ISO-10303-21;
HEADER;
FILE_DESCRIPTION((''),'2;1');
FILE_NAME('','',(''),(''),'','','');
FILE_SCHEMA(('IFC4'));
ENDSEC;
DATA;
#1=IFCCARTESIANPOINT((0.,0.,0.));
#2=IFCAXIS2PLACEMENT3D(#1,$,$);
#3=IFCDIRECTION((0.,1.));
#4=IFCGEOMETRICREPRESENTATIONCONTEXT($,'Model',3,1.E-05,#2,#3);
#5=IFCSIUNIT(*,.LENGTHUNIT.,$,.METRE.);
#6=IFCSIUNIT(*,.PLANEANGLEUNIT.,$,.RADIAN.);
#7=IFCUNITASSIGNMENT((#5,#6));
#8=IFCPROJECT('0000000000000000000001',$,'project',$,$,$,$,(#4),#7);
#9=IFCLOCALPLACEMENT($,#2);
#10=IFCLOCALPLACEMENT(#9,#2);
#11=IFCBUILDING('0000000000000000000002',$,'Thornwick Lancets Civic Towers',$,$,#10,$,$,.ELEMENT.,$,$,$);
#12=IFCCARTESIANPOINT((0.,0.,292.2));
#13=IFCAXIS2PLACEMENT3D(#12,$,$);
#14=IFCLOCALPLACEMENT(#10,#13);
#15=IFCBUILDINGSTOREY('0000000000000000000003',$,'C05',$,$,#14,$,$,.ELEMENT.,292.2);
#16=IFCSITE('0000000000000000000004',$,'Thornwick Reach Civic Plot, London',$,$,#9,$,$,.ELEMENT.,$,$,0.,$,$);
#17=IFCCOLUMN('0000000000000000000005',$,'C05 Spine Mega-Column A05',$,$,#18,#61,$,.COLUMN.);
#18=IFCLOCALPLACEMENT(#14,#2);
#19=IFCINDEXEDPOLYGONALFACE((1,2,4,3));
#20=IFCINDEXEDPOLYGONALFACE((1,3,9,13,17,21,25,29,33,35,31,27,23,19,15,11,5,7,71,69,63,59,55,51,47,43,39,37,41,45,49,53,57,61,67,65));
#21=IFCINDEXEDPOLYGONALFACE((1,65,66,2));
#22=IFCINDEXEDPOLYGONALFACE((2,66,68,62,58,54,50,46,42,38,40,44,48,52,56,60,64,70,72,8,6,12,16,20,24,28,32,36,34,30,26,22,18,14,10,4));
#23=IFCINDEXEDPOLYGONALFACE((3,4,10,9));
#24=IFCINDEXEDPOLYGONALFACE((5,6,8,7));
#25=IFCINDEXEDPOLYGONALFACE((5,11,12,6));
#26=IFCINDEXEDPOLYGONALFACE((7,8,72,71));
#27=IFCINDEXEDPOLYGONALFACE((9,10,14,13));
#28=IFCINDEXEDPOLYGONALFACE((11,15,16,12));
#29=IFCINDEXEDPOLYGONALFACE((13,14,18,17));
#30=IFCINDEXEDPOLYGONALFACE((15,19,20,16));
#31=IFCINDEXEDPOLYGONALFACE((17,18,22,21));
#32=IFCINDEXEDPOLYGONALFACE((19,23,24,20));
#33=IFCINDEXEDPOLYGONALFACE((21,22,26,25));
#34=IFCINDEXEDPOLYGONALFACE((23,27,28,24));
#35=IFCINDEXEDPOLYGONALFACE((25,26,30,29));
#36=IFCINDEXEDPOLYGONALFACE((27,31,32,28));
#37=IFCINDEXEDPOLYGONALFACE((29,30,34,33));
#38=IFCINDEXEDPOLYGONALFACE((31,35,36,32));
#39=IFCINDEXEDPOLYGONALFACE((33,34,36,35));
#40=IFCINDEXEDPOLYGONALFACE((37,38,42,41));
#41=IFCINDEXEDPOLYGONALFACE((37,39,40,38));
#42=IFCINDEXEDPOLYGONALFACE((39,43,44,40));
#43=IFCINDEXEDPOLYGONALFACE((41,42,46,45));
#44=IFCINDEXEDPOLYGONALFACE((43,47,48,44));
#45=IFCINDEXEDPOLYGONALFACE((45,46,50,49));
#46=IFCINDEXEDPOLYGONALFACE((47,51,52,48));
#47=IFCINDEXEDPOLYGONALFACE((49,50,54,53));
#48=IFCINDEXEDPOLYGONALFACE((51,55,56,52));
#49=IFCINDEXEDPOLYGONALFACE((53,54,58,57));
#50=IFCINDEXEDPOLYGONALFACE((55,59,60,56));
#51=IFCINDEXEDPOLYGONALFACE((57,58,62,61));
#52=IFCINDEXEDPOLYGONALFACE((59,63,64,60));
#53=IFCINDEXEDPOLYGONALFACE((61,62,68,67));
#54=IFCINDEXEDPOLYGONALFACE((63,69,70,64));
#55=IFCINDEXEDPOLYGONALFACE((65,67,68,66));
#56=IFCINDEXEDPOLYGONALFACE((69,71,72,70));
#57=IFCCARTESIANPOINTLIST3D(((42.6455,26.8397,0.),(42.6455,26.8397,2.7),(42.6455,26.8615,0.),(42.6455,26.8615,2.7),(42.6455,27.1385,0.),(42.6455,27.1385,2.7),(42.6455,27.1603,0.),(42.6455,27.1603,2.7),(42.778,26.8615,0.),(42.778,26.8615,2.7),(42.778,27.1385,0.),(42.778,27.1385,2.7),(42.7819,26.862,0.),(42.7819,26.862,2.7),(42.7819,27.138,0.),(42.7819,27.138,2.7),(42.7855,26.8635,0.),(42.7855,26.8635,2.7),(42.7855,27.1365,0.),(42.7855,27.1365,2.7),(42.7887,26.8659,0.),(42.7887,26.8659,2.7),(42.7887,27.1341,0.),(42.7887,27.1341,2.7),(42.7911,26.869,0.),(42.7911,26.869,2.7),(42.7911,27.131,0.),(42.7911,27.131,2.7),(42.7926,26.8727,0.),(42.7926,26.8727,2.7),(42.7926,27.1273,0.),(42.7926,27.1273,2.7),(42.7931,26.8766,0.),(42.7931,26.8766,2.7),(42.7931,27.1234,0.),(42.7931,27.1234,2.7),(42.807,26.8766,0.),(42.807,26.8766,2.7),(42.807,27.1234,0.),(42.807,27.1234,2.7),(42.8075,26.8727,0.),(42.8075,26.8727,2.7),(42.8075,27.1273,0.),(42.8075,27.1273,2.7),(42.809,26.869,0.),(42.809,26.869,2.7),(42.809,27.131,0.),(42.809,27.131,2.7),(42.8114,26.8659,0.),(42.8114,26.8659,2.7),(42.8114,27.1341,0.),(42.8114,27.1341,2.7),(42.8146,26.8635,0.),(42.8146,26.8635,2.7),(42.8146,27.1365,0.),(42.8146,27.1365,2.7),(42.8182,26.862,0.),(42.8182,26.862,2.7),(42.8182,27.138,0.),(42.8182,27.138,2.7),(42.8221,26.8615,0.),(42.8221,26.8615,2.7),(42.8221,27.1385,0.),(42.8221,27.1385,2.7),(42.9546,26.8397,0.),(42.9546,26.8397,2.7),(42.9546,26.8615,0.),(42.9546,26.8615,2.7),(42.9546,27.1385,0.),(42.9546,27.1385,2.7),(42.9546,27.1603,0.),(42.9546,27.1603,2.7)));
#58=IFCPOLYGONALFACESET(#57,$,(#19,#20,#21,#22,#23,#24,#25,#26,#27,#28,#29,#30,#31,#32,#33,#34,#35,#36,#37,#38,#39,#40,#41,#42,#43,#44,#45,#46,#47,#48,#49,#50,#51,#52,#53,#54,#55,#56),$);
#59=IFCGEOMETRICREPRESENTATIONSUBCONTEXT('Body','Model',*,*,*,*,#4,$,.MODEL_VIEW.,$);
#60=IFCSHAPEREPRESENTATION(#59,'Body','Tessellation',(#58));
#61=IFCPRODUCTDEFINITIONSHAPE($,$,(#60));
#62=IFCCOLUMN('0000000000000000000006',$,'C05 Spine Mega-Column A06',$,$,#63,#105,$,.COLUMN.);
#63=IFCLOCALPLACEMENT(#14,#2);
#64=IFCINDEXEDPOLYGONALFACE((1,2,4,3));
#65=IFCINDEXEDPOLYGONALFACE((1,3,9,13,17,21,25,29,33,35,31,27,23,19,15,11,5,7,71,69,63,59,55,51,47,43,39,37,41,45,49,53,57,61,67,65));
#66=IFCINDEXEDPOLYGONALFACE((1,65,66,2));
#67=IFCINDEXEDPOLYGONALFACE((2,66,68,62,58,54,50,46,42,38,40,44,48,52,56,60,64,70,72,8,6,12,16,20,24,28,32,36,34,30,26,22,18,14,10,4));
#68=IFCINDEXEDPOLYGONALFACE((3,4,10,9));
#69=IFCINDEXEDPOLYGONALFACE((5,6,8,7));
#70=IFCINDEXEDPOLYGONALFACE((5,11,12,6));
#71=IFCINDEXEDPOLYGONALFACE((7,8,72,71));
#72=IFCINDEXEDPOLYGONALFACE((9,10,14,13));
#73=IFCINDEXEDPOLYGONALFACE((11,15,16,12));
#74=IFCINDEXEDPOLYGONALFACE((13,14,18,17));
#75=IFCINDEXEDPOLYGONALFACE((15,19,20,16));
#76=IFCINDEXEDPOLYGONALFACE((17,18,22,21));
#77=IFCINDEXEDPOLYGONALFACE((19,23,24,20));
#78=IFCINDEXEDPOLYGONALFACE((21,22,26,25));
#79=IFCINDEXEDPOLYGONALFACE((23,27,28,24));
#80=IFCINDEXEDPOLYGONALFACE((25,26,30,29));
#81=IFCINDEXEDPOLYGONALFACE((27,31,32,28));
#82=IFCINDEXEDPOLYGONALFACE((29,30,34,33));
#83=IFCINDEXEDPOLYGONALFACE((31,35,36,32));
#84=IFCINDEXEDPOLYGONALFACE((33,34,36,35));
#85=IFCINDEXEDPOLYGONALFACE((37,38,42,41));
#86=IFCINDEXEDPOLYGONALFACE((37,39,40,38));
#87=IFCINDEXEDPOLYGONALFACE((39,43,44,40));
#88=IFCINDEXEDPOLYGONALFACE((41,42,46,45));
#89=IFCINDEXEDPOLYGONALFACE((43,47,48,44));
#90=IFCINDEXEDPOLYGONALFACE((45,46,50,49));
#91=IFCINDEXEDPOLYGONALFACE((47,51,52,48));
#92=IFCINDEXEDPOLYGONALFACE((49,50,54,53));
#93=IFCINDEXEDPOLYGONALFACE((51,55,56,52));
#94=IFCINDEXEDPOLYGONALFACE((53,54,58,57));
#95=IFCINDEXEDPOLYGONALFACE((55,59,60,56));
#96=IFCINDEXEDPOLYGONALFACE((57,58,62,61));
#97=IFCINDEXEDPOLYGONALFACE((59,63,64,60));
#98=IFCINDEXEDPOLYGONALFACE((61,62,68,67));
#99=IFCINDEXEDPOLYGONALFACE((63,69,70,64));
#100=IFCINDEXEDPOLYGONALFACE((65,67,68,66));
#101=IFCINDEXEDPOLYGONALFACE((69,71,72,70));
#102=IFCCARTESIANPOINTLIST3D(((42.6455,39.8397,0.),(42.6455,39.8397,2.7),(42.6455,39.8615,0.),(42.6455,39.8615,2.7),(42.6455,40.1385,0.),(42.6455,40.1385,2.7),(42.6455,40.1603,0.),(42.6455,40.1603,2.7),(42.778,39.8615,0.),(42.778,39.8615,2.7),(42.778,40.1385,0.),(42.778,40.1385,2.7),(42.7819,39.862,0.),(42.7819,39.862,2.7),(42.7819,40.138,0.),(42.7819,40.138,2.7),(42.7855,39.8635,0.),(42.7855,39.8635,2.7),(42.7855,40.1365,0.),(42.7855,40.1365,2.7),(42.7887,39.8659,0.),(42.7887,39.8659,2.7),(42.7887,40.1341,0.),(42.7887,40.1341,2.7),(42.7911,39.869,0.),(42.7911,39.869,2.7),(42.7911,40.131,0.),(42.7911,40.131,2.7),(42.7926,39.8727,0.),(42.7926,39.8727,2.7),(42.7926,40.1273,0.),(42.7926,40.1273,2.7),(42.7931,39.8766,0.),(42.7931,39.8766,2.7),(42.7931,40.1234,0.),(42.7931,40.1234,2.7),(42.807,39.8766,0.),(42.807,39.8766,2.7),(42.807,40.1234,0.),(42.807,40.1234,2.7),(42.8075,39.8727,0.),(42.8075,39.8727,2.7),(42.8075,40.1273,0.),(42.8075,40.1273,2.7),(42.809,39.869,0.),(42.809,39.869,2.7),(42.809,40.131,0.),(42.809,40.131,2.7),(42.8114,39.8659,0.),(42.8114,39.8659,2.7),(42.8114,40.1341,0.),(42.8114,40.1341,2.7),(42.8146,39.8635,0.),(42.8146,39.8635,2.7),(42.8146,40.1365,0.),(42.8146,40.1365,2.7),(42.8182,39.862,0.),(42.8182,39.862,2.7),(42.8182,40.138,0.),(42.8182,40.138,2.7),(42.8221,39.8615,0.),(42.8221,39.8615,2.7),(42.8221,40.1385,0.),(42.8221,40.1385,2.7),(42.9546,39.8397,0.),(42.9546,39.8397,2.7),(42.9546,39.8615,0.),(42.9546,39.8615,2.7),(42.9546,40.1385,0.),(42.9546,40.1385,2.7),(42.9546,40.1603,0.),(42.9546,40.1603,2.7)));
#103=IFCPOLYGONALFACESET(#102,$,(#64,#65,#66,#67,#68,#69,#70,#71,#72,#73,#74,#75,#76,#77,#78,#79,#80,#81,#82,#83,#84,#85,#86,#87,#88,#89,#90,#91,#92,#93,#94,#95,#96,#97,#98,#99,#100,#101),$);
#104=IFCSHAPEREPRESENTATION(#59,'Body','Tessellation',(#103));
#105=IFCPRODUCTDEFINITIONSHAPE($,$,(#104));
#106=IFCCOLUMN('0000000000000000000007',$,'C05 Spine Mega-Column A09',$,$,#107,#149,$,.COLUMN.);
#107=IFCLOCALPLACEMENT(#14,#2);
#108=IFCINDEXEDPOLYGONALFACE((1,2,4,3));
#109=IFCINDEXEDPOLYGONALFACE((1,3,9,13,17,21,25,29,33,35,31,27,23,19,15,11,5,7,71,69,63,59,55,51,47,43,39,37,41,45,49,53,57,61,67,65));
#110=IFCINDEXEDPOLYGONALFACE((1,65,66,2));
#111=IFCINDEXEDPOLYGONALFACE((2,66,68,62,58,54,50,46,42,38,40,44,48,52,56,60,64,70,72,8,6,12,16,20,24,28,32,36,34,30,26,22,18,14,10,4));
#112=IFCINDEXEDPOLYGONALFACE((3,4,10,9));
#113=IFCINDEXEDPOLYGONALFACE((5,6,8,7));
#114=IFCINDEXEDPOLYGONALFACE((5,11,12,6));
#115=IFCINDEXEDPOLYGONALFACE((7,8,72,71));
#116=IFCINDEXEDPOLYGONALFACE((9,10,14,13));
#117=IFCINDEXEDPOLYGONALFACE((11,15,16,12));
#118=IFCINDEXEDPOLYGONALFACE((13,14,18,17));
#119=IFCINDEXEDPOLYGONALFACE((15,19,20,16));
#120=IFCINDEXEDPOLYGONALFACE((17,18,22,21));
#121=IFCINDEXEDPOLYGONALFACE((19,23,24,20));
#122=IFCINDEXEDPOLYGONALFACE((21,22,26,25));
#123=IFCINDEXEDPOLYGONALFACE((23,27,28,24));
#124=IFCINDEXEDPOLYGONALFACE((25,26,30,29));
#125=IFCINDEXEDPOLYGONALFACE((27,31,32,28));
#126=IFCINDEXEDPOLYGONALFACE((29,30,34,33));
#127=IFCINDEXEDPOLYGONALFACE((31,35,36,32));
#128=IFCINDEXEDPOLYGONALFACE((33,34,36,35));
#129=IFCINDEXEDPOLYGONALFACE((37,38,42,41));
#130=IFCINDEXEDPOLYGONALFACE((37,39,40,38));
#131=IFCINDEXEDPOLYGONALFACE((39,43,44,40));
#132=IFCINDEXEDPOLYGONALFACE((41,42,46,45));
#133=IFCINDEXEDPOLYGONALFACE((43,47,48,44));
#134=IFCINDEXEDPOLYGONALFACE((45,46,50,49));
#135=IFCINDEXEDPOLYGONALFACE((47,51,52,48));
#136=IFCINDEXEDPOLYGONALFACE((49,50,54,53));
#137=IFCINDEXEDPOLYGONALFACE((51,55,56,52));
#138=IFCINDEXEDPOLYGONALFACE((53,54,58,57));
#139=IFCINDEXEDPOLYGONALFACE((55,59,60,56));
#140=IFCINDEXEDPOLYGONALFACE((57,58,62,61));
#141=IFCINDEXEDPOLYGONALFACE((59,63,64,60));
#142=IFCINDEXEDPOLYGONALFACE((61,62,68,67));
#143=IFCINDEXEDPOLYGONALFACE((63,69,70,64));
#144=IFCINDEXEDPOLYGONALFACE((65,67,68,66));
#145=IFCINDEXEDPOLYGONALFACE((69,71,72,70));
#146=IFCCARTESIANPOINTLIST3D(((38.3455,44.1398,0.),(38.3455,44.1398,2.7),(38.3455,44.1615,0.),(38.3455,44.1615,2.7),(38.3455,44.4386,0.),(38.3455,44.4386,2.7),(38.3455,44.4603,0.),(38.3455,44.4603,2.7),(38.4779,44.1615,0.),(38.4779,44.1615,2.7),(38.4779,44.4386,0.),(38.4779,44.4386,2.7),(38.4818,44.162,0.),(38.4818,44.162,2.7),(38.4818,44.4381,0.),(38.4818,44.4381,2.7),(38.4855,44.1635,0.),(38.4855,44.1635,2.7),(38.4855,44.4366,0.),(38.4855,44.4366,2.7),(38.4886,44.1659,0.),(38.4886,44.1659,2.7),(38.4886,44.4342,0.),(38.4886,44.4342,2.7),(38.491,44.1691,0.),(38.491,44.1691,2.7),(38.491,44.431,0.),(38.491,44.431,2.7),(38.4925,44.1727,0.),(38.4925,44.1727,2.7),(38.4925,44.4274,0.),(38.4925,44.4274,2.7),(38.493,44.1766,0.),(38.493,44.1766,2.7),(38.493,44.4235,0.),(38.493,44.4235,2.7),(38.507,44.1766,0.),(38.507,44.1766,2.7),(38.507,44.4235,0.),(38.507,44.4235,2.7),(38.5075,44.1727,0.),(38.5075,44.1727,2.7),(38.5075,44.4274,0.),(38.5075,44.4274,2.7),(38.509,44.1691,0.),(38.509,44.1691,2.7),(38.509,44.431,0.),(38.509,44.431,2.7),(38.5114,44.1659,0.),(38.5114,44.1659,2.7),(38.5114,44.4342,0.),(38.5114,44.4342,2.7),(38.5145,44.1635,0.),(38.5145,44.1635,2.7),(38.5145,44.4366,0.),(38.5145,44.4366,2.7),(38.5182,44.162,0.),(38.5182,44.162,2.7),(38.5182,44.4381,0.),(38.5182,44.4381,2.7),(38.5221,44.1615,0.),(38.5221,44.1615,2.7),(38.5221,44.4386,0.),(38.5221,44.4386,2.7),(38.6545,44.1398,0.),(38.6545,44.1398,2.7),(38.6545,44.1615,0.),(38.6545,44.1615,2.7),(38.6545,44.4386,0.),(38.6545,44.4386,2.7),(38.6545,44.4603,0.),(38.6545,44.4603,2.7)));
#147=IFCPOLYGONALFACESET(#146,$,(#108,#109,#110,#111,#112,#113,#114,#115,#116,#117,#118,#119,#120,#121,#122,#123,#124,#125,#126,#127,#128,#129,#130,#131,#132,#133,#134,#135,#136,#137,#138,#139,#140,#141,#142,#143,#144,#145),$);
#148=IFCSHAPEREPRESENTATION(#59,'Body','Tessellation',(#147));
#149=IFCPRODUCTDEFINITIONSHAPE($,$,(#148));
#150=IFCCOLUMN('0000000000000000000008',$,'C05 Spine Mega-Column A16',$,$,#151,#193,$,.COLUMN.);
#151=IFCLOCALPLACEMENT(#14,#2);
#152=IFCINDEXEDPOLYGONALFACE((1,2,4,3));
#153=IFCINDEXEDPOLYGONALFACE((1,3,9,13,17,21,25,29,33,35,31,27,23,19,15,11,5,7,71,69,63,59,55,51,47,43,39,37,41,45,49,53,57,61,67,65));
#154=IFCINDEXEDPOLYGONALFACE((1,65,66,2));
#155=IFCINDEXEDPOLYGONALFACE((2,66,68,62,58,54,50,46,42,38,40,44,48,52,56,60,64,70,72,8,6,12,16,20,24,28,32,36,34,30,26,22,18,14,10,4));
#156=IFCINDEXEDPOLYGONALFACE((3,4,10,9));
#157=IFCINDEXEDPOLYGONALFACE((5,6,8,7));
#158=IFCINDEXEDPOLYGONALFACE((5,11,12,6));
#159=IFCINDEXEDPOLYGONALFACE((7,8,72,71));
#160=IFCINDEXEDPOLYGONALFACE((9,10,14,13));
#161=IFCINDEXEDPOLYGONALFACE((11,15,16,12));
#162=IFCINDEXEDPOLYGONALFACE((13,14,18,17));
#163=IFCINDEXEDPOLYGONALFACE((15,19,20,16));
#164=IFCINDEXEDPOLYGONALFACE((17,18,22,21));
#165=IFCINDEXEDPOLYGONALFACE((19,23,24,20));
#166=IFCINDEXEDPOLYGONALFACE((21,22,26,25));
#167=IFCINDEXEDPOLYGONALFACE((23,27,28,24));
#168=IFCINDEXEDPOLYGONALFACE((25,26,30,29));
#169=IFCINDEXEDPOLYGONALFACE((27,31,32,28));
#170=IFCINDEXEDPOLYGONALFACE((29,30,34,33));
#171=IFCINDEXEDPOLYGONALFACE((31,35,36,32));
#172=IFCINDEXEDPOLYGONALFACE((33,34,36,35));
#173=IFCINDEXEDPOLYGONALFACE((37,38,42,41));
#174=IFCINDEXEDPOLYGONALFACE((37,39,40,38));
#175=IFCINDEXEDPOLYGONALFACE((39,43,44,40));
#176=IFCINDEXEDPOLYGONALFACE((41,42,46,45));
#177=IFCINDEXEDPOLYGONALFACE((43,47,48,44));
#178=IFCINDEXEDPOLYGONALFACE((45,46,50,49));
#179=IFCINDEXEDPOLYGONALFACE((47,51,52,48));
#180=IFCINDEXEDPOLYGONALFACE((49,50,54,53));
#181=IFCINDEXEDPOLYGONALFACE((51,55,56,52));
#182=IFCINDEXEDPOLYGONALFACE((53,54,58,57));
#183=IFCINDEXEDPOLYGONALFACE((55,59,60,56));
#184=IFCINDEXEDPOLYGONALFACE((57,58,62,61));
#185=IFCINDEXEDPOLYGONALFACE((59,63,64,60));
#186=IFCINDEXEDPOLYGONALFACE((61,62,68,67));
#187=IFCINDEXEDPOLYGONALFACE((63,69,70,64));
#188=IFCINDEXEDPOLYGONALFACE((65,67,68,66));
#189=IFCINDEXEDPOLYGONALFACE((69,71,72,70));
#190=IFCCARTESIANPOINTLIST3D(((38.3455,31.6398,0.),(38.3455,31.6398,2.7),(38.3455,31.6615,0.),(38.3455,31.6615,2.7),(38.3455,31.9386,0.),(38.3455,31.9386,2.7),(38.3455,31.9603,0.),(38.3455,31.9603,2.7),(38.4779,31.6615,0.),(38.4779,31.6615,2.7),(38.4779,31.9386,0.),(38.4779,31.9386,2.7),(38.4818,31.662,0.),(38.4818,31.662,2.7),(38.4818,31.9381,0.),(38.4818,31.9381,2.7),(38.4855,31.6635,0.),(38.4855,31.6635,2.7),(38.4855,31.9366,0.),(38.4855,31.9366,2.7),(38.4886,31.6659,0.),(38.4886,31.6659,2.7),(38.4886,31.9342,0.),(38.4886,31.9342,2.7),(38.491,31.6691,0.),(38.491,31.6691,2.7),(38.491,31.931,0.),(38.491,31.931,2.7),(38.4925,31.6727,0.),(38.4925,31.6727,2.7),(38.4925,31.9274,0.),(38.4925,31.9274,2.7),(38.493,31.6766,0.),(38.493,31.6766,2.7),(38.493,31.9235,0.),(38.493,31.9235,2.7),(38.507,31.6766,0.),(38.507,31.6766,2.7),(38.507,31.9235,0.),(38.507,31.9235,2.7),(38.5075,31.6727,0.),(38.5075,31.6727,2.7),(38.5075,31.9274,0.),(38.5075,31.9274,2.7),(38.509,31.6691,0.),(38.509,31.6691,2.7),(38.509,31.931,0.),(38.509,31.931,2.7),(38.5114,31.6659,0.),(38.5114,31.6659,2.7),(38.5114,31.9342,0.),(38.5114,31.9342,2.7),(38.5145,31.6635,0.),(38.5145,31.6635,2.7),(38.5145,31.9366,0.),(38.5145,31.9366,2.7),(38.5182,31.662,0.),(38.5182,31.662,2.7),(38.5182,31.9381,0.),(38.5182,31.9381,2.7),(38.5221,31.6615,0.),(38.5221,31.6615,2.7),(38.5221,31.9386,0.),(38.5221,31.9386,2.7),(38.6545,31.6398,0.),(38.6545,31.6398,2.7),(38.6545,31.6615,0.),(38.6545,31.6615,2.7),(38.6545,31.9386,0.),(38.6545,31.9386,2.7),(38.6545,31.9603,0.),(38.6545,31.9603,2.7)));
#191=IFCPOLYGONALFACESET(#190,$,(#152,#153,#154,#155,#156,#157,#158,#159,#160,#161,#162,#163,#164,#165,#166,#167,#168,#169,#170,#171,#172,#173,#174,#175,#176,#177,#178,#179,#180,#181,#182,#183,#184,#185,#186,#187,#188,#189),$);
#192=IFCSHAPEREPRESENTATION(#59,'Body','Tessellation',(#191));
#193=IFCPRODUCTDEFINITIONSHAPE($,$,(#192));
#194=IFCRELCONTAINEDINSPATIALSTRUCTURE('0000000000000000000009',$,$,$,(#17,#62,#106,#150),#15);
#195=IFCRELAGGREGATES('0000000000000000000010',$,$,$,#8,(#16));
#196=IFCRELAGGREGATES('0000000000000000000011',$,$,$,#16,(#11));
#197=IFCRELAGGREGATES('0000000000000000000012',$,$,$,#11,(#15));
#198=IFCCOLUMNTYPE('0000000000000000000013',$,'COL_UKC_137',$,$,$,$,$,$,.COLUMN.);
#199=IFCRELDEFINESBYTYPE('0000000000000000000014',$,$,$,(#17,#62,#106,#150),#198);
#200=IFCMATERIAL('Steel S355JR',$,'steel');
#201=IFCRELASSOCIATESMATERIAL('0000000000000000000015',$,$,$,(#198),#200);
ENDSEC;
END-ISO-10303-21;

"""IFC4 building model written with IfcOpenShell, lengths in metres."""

from ifc_helpers import new_model, si_unit, direction, frame, origin, origin_2d, place, context, subcontext, project, spatial, i_section, extrude, material, material_profile, profile_set, type_object, element, save


model = new_model("IFC4")

# Units and contexts
model_context = context("Model", 3, precision=1e-05, world=origin(), true_north=direction((0.0, 1.0)))
body_context = subcontext(model_context, "Body", "Model", "MODEL_VIEW")
ifc_project = project(units=[si_unit("LENGTHUNIT", "METRE"), si_unit("PLANEANGLEUNIT", "RADIAN")], contexts=[model_context])

# Site, building, storey
site_placement = place(None, origin())
site = spatial("IfcSite", under=ifc_project, at=site_placement, Name="Thornwick Reach Civic Plot, London", CompositionType="ELEMENT", RefElevation=0.0)
building_placement = place(site_placement, origin())
building = spatial("IfcBuilding", under=site, at=building_placement, Name="Thornwick Lancets Civic Towers", CompositionType="ELEMENT")
storey_placement = place(building_placement, frame((0.0, 0.0, 292.2)))
storey = spatial("IfcBuildingStorey", under=building, at=storey_placement, Name="C05", CompositionType="ELEMENT", Elevation=292.2)

# Columns
ifc_material_1 = material(Name="Steel S355JR", Category="steel")
ifc_material_profile_1 = material_profile(ifc_material_1, i_section(OverallWidth=0.3091, OverallDepth=0.3206, WebThickness=0.0139, FlangeThickness=0.0217, FilletRadius=0.0151, at=origin_2d()), Name="UKC 305x305x137")
ifc_profile_set_1 = profile_set([ifc_material_profile_1], Name="Steel S355JR")
column_type_1 = type_object("IfcColumnType", Name="COL_UKC_137", PredefinedType="COLUMN", material=ifc_profile_set_1)
for number, where, z_axis, x_axis, name in (
    (1, (42.8, 27.0, 0.0), (0.0, 0.0, 1.0), (1.0, 0.0, 0.0), "C05 Spine Mega-Column A05"),
    (2, (42.8, 40.0, 0.0), (0.0, 0.0, 1.0), (1.0, 0.0, 0.0), "C05 Spine Mega-Column A06"),
    (3, (38.5, 44.3, 0.0), (0.0, 0.0, 1.0), (1.0, 0.0, 0.0), "C05 Spine Mega-Column A09"),
    (4, (38.5, 31.8, 0.0), (0.0, 0.0, 1.0), (1.0, 0.0, 0.0), "C05 Spine Mega-Column A16"),
):
    element("IfcColumn", number, at=place(storey_placement, frame(where, z_axis=z_axis, x_axis=x_axis)), inside=storey, type_object=column_type_1, Name=name, PredefinedType="COLUMN", context=body_context, shape_type="SweptSolid", body=[
        extrude(i_section(OverallWidth=0.3091, OverallDepth=0.3206, WebThickness=0.0139, FlangeThickness=0.0217, FilletRadius=0.0151, at=origin_2d()), origin(), (0.0, 0.0, 1.0), 2.7),
    ])

save(model, "model.ifc")
